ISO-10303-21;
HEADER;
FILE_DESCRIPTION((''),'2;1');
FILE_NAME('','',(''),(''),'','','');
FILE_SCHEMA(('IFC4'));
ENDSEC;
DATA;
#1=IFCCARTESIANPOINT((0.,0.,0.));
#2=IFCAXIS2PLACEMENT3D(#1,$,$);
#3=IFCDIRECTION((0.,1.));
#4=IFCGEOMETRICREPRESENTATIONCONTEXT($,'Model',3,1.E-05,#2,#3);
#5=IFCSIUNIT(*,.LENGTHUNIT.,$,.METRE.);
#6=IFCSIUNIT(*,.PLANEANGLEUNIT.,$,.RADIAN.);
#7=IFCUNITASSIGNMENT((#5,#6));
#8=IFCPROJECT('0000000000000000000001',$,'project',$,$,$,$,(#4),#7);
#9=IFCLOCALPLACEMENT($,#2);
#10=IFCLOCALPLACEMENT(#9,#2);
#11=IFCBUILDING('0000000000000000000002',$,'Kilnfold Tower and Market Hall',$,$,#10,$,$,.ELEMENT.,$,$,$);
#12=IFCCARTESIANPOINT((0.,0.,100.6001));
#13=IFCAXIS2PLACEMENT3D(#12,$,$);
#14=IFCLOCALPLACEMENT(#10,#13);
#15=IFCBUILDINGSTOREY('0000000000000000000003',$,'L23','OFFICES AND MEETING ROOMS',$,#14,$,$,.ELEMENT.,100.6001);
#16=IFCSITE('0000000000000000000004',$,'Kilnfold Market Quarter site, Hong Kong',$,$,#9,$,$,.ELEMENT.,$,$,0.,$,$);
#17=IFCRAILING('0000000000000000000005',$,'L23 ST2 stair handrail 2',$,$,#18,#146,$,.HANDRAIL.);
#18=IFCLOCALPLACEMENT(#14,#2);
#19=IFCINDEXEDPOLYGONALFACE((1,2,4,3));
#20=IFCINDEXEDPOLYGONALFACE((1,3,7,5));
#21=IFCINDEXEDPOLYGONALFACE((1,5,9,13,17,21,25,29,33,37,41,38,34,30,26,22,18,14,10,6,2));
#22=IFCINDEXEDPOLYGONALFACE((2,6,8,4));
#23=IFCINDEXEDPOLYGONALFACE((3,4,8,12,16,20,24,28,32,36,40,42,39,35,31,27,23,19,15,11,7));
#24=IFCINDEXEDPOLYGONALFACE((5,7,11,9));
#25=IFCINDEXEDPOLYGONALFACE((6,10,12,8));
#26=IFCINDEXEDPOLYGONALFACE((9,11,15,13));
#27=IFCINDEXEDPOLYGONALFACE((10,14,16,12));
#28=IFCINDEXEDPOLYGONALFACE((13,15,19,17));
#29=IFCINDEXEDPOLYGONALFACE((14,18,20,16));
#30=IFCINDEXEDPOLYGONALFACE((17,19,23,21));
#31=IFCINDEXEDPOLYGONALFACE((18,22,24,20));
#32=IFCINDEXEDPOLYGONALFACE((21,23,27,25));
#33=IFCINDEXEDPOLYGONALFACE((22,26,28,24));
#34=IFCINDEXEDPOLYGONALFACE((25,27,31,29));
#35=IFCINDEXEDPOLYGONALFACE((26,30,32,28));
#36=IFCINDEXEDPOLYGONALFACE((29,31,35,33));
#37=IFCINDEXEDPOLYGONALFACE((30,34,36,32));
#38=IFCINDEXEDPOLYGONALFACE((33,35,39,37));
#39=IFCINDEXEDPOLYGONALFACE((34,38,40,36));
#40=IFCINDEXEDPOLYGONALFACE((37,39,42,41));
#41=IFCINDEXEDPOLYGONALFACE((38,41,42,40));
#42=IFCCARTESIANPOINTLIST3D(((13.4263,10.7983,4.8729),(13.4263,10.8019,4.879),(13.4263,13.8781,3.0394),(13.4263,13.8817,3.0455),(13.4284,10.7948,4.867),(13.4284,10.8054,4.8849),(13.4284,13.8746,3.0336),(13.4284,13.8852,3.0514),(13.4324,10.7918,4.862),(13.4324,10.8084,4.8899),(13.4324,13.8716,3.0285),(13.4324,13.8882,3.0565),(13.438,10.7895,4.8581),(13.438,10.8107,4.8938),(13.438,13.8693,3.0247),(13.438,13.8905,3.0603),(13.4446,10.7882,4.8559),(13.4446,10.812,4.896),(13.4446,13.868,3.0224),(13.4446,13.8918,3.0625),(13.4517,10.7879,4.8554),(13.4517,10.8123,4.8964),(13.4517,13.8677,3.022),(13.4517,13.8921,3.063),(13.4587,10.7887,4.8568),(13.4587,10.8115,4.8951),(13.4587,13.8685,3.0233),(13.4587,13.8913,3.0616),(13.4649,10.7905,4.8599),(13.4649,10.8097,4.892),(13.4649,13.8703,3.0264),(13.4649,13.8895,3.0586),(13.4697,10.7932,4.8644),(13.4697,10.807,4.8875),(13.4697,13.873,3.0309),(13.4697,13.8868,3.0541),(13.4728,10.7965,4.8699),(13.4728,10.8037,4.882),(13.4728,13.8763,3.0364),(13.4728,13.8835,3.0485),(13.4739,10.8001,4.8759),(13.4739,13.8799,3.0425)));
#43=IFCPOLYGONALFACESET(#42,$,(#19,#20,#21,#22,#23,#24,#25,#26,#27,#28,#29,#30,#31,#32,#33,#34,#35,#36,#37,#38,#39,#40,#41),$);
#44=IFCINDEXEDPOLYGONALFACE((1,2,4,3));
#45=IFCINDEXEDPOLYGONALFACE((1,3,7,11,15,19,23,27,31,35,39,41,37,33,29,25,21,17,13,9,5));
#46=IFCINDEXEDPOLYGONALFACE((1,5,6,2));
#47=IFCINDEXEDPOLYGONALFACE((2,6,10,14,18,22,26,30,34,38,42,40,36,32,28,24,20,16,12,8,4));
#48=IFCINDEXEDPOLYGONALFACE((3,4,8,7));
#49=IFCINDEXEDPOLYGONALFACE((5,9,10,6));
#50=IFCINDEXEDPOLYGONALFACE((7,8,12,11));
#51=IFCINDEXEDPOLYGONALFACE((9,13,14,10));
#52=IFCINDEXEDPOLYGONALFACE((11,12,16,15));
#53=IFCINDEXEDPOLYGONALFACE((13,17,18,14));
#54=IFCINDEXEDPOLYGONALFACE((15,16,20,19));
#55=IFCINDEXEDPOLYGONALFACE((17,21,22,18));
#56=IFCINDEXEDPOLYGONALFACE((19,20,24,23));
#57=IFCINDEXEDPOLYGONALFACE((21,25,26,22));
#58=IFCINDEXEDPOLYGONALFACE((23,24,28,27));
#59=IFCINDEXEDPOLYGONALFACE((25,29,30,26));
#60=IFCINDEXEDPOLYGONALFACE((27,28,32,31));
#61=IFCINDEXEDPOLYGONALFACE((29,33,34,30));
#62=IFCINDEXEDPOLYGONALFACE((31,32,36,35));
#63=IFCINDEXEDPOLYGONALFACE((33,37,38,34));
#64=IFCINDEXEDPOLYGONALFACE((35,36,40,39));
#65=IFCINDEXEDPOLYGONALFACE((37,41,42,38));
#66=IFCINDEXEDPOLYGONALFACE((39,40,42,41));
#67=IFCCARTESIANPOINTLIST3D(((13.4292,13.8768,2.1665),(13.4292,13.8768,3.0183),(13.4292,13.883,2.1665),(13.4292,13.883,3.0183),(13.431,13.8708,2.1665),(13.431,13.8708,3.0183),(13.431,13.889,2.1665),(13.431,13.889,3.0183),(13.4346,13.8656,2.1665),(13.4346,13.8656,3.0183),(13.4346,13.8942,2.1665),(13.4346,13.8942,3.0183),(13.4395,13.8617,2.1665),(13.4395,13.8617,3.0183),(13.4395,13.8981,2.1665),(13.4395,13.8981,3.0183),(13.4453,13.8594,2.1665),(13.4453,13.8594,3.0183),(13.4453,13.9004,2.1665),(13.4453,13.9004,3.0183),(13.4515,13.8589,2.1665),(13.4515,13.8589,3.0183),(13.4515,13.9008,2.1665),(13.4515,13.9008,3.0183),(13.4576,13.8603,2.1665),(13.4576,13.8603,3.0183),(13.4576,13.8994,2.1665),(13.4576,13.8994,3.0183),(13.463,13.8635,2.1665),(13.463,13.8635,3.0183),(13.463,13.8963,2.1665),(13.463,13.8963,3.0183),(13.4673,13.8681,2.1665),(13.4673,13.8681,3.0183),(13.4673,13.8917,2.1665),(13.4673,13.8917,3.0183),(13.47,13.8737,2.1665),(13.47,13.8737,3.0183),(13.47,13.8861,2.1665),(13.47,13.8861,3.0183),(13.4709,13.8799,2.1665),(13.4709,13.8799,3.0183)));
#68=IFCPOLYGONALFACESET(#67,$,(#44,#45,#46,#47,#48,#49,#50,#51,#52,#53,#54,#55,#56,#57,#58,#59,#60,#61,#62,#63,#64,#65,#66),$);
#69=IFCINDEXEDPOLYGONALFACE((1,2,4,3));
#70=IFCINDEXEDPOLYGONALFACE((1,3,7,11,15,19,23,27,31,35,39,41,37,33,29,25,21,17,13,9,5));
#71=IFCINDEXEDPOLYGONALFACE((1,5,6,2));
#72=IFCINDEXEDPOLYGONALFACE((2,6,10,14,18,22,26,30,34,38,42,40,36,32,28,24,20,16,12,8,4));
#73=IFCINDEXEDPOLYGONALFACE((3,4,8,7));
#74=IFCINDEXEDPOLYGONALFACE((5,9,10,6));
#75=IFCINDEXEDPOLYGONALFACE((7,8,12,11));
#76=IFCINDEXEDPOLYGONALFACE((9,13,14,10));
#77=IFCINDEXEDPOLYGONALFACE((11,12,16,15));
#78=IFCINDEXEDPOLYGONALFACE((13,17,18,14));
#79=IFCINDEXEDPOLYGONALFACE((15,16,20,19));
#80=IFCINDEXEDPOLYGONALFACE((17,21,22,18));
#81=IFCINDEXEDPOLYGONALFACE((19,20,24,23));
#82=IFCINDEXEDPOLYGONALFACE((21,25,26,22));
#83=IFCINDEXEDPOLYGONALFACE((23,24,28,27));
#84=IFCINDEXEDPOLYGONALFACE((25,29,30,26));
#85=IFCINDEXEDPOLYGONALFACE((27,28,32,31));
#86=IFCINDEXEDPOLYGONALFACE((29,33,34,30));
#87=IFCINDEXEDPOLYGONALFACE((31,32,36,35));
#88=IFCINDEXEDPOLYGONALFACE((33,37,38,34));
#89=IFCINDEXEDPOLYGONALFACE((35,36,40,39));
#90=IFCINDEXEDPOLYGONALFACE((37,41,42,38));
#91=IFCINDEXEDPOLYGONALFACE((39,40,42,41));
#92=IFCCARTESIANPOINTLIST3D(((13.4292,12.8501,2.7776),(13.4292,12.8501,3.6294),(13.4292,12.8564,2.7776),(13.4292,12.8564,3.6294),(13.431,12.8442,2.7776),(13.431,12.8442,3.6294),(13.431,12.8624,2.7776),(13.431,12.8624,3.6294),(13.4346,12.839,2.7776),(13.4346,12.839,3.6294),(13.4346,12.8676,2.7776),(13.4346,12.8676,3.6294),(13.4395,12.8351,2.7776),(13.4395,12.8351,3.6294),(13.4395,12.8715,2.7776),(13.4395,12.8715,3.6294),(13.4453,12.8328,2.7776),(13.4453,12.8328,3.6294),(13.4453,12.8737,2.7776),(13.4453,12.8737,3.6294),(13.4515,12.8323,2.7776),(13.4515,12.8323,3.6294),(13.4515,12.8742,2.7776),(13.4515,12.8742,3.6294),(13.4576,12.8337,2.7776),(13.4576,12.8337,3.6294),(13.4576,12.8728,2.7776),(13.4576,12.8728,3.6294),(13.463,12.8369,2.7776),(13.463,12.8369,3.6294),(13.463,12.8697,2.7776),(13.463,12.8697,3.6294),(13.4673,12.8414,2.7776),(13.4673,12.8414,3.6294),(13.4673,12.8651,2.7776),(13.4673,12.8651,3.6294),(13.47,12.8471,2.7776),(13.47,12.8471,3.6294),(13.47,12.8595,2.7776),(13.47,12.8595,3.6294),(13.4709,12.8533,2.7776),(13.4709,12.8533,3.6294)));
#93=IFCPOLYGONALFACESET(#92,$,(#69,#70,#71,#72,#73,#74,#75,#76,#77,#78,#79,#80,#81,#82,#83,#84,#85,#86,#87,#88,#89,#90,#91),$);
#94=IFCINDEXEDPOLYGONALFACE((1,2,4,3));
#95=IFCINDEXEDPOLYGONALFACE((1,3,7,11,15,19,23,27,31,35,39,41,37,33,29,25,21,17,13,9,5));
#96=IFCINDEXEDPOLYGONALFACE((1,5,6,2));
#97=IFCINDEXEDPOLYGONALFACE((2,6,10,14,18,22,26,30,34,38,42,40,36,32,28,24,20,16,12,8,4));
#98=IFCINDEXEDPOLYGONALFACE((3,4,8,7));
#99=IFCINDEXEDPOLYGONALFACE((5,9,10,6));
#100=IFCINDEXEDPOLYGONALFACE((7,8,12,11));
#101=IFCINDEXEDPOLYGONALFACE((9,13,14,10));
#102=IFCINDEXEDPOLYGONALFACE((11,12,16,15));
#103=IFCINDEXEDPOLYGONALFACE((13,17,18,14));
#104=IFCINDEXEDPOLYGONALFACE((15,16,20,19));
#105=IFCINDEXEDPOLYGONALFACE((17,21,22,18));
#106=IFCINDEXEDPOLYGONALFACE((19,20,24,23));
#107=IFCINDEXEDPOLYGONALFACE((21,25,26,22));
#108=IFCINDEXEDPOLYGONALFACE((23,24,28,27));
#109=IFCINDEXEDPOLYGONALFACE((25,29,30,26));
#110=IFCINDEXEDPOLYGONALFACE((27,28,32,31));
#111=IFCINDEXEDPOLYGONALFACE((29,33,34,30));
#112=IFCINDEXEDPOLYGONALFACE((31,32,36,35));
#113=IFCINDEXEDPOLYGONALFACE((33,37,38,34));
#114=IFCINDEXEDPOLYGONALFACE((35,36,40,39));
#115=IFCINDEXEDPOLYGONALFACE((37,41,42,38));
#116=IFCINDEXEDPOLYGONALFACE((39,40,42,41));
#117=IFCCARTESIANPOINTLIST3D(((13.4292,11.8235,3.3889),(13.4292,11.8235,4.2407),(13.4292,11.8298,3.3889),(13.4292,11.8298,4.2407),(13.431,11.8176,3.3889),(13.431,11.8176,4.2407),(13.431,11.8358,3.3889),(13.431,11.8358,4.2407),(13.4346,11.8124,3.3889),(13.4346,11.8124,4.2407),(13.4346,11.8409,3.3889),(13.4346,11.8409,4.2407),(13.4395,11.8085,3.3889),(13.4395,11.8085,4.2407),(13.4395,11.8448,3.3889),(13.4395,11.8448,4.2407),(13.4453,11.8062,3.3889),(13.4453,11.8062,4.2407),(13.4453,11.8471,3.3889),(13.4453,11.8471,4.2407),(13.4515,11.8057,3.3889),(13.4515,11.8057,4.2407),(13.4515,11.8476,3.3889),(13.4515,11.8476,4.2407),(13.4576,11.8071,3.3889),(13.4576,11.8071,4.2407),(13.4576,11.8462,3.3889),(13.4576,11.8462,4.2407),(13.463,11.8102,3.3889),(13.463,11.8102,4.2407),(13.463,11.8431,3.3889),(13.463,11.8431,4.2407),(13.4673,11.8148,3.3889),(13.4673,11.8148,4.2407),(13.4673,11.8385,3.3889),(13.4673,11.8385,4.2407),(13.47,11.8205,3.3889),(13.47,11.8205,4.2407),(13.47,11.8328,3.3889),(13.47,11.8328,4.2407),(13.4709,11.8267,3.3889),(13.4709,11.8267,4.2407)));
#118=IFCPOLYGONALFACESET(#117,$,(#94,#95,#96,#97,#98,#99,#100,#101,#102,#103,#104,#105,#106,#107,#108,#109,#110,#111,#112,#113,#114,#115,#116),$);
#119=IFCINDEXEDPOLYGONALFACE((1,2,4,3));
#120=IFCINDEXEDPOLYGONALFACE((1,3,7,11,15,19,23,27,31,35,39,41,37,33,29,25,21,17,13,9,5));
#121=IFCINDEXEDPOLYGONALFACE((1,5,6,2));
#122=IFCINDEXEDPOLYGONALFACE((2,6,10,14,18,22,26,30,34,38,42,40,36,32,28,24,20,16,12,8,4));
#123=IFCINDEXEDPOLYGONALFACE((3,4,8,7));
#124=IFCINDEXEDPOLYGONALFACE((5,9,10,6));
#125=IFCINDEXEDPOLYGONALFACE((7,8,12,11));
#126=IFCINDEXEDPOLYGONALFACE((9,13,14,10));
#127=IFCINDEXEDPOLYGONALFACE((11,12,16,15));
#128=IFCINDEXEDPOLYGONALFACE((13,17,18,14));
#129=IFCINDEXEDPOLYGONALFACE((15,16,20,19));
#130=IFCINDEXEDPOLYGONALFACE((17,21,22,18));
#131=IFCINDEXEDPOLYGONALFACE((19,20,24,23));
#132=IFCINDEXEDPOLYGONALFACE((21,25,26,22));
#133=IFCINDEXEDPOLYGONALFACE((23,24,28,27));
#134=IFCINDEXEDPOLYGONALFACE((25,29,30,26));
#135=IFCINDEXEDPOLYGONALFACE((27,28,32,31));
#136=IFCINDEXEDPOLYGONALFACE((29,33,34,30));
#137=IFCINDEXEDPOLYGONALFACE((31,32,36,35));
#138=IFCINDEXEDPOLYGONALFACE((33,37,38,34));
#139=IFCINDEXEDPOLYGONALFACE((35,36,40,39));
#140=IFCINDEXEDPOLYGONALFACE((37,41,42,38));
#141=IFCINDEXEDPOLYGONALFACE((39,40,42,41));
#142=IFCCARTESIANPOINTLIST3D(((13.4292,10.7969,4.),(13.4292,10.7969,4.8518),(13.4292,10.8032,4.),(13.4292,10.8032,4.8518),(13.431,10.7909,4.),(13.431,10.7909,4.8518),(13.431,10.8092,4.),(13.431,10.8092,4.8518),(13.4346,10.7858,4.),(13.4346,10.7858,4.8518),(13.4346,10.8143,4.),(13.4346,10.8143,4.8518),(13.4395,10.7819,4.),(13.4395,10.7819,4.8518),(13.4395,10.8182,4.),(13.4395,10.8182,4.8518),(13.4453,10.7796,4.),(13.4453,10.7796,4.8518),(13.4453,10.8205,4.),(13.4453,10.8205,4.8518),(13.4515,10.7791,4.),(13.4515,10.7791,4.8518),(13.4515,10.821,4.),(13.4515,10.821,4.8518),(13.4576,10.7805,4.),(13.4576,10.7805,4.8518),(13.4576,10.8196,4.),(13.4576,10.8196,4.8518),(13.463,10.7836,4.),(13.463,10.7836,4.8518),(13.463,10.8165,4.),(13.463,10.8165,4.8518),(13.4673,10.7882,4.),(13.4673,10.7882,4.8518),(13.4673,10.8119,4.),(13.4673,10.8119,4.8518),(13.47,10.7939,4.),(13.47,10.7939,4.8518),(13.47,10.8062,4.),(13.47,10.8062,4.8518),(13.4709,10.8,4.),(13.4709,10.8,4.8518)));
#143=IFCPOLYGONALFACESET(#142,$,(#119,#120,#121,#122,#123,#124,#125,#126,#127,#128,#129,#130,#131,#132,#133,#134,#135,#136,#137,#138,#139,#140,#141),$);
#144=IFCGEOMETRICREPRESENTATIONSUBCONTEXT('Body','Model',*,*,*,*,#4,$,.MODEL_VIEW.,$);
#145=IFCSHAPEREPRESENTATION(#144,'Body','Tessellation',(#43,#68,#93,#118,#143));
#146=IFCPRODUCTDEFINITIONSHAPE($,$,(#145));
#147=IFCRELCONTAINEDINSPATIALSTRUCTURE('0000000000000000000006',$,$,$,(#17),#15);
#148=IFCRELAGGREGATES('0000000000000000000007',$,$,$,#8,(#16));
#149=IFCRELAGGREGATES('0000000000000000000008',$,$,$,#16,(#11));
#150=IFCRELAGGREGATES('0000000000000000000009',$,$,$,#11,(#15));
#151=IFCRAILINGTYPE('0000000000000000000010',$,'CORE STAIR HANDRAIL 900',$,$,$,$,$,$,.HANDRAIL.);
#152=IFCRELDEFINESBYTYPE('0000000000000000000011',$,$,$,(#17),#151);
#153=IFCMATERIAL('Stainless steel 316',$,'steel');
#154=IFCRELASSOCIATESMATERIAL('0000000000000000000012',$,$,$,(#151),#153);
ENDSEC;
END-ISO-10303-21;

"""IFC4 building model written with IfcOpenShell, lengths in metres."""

from ifc_helpers import new_model, si_unit, direction, frame, origin, origin_2d, place, context, subcontext, project, spatial, circle, extrude, material, type_object, element, save


model = new_model("IFC4")

# Units and contexts
model_context = context("Model", 3, precision=1e-05, world=origin(), true_north=direction((0.0, 1.0)))
body_context = subcontext(model_context, "Body", "Model", "MODEL_VIEW")
ifc_project = project(units=[si_unit("LENGTHUNIT", "METRE"), si_unit("PLANEANGLEUNIT", "RADIAN")], contexts=[model_context])

# Site, building, storey
site_placement = place(None, origin())
site = spatial("IfcSite", under=ifc_project, at=site_placement, Name="Kilnfold Market Quarter site, Hong Kong", CompositionType="ELEMENT", RefElevation=0.0)
building_placement = place(site_placement, origin())
building = spatial("IfcBuilding", under=site, at=building_placement, Name="Kilnfold Tower and Market Hall", CompositionType="ELEMENT")
storey_placement = place(building_placement, frame((0.0, 0.0, 100.6001)))
storey = spatial("IfcBuildingStorey", under=building, at=storey_placement, Name="L23", Description="OFFICES AND MEETING ROOMS", CompositionType="ELEMENT", Elevation=100.6001)

# Railing
ifc_material_1 = material(Name="Stainless steel 316", Category="steel")
railing_type_1 = type_object("IfcRailingType", Name="CORE STAIR HANDRAIL 900", PredefinedType="HANDRAIL", material=ifc_material_1)
railing_1_placement = place(storey_placement, frame((13.45, 13.8799, 2.1665)))
element("IfcRailing", 1, at=railing_1_placement, inside=storey, type_object=railing_type_1, Name="L23 ST2 stair handrail 2", PredefinedType="HANDRAIL", context=body_context, shape_type="SweptSolid", body=[
    extrude(circle(Radius=0.0239, at=origin_2d()), frame((0.0, 0.0, 0.876), z_axis=(0.0, -0.859261, 0.511538), x_axis=(1.0, 0.0, 0.0)), (0.0, 0.0, 1.0), 3.5842),
    extrude(circle(Radius=0.021, at=origin_2d()), origin(), (0.0, 0.0, 1.0), 0.8518),
    extrude(circle(Radius=0.021, at=origin_2d()), frame((0.0, -1.0266, 0.6111)), (0.0, 0.0, 1.0), 0.8518),
    extrude(circle(Radius=0.021, at=origin_2d()), frame((0.0, -2.0532, 1.2224)), (0.0, 0.0, 1.0), 0.8518),
    extrude(circle(Radius=0.021, at=origin_2d()), frame((0.0, -3.0798, 1.8335)), (0.0, 0.0, 1.0), 0.8518),
])

save(model, "model.ifc")
